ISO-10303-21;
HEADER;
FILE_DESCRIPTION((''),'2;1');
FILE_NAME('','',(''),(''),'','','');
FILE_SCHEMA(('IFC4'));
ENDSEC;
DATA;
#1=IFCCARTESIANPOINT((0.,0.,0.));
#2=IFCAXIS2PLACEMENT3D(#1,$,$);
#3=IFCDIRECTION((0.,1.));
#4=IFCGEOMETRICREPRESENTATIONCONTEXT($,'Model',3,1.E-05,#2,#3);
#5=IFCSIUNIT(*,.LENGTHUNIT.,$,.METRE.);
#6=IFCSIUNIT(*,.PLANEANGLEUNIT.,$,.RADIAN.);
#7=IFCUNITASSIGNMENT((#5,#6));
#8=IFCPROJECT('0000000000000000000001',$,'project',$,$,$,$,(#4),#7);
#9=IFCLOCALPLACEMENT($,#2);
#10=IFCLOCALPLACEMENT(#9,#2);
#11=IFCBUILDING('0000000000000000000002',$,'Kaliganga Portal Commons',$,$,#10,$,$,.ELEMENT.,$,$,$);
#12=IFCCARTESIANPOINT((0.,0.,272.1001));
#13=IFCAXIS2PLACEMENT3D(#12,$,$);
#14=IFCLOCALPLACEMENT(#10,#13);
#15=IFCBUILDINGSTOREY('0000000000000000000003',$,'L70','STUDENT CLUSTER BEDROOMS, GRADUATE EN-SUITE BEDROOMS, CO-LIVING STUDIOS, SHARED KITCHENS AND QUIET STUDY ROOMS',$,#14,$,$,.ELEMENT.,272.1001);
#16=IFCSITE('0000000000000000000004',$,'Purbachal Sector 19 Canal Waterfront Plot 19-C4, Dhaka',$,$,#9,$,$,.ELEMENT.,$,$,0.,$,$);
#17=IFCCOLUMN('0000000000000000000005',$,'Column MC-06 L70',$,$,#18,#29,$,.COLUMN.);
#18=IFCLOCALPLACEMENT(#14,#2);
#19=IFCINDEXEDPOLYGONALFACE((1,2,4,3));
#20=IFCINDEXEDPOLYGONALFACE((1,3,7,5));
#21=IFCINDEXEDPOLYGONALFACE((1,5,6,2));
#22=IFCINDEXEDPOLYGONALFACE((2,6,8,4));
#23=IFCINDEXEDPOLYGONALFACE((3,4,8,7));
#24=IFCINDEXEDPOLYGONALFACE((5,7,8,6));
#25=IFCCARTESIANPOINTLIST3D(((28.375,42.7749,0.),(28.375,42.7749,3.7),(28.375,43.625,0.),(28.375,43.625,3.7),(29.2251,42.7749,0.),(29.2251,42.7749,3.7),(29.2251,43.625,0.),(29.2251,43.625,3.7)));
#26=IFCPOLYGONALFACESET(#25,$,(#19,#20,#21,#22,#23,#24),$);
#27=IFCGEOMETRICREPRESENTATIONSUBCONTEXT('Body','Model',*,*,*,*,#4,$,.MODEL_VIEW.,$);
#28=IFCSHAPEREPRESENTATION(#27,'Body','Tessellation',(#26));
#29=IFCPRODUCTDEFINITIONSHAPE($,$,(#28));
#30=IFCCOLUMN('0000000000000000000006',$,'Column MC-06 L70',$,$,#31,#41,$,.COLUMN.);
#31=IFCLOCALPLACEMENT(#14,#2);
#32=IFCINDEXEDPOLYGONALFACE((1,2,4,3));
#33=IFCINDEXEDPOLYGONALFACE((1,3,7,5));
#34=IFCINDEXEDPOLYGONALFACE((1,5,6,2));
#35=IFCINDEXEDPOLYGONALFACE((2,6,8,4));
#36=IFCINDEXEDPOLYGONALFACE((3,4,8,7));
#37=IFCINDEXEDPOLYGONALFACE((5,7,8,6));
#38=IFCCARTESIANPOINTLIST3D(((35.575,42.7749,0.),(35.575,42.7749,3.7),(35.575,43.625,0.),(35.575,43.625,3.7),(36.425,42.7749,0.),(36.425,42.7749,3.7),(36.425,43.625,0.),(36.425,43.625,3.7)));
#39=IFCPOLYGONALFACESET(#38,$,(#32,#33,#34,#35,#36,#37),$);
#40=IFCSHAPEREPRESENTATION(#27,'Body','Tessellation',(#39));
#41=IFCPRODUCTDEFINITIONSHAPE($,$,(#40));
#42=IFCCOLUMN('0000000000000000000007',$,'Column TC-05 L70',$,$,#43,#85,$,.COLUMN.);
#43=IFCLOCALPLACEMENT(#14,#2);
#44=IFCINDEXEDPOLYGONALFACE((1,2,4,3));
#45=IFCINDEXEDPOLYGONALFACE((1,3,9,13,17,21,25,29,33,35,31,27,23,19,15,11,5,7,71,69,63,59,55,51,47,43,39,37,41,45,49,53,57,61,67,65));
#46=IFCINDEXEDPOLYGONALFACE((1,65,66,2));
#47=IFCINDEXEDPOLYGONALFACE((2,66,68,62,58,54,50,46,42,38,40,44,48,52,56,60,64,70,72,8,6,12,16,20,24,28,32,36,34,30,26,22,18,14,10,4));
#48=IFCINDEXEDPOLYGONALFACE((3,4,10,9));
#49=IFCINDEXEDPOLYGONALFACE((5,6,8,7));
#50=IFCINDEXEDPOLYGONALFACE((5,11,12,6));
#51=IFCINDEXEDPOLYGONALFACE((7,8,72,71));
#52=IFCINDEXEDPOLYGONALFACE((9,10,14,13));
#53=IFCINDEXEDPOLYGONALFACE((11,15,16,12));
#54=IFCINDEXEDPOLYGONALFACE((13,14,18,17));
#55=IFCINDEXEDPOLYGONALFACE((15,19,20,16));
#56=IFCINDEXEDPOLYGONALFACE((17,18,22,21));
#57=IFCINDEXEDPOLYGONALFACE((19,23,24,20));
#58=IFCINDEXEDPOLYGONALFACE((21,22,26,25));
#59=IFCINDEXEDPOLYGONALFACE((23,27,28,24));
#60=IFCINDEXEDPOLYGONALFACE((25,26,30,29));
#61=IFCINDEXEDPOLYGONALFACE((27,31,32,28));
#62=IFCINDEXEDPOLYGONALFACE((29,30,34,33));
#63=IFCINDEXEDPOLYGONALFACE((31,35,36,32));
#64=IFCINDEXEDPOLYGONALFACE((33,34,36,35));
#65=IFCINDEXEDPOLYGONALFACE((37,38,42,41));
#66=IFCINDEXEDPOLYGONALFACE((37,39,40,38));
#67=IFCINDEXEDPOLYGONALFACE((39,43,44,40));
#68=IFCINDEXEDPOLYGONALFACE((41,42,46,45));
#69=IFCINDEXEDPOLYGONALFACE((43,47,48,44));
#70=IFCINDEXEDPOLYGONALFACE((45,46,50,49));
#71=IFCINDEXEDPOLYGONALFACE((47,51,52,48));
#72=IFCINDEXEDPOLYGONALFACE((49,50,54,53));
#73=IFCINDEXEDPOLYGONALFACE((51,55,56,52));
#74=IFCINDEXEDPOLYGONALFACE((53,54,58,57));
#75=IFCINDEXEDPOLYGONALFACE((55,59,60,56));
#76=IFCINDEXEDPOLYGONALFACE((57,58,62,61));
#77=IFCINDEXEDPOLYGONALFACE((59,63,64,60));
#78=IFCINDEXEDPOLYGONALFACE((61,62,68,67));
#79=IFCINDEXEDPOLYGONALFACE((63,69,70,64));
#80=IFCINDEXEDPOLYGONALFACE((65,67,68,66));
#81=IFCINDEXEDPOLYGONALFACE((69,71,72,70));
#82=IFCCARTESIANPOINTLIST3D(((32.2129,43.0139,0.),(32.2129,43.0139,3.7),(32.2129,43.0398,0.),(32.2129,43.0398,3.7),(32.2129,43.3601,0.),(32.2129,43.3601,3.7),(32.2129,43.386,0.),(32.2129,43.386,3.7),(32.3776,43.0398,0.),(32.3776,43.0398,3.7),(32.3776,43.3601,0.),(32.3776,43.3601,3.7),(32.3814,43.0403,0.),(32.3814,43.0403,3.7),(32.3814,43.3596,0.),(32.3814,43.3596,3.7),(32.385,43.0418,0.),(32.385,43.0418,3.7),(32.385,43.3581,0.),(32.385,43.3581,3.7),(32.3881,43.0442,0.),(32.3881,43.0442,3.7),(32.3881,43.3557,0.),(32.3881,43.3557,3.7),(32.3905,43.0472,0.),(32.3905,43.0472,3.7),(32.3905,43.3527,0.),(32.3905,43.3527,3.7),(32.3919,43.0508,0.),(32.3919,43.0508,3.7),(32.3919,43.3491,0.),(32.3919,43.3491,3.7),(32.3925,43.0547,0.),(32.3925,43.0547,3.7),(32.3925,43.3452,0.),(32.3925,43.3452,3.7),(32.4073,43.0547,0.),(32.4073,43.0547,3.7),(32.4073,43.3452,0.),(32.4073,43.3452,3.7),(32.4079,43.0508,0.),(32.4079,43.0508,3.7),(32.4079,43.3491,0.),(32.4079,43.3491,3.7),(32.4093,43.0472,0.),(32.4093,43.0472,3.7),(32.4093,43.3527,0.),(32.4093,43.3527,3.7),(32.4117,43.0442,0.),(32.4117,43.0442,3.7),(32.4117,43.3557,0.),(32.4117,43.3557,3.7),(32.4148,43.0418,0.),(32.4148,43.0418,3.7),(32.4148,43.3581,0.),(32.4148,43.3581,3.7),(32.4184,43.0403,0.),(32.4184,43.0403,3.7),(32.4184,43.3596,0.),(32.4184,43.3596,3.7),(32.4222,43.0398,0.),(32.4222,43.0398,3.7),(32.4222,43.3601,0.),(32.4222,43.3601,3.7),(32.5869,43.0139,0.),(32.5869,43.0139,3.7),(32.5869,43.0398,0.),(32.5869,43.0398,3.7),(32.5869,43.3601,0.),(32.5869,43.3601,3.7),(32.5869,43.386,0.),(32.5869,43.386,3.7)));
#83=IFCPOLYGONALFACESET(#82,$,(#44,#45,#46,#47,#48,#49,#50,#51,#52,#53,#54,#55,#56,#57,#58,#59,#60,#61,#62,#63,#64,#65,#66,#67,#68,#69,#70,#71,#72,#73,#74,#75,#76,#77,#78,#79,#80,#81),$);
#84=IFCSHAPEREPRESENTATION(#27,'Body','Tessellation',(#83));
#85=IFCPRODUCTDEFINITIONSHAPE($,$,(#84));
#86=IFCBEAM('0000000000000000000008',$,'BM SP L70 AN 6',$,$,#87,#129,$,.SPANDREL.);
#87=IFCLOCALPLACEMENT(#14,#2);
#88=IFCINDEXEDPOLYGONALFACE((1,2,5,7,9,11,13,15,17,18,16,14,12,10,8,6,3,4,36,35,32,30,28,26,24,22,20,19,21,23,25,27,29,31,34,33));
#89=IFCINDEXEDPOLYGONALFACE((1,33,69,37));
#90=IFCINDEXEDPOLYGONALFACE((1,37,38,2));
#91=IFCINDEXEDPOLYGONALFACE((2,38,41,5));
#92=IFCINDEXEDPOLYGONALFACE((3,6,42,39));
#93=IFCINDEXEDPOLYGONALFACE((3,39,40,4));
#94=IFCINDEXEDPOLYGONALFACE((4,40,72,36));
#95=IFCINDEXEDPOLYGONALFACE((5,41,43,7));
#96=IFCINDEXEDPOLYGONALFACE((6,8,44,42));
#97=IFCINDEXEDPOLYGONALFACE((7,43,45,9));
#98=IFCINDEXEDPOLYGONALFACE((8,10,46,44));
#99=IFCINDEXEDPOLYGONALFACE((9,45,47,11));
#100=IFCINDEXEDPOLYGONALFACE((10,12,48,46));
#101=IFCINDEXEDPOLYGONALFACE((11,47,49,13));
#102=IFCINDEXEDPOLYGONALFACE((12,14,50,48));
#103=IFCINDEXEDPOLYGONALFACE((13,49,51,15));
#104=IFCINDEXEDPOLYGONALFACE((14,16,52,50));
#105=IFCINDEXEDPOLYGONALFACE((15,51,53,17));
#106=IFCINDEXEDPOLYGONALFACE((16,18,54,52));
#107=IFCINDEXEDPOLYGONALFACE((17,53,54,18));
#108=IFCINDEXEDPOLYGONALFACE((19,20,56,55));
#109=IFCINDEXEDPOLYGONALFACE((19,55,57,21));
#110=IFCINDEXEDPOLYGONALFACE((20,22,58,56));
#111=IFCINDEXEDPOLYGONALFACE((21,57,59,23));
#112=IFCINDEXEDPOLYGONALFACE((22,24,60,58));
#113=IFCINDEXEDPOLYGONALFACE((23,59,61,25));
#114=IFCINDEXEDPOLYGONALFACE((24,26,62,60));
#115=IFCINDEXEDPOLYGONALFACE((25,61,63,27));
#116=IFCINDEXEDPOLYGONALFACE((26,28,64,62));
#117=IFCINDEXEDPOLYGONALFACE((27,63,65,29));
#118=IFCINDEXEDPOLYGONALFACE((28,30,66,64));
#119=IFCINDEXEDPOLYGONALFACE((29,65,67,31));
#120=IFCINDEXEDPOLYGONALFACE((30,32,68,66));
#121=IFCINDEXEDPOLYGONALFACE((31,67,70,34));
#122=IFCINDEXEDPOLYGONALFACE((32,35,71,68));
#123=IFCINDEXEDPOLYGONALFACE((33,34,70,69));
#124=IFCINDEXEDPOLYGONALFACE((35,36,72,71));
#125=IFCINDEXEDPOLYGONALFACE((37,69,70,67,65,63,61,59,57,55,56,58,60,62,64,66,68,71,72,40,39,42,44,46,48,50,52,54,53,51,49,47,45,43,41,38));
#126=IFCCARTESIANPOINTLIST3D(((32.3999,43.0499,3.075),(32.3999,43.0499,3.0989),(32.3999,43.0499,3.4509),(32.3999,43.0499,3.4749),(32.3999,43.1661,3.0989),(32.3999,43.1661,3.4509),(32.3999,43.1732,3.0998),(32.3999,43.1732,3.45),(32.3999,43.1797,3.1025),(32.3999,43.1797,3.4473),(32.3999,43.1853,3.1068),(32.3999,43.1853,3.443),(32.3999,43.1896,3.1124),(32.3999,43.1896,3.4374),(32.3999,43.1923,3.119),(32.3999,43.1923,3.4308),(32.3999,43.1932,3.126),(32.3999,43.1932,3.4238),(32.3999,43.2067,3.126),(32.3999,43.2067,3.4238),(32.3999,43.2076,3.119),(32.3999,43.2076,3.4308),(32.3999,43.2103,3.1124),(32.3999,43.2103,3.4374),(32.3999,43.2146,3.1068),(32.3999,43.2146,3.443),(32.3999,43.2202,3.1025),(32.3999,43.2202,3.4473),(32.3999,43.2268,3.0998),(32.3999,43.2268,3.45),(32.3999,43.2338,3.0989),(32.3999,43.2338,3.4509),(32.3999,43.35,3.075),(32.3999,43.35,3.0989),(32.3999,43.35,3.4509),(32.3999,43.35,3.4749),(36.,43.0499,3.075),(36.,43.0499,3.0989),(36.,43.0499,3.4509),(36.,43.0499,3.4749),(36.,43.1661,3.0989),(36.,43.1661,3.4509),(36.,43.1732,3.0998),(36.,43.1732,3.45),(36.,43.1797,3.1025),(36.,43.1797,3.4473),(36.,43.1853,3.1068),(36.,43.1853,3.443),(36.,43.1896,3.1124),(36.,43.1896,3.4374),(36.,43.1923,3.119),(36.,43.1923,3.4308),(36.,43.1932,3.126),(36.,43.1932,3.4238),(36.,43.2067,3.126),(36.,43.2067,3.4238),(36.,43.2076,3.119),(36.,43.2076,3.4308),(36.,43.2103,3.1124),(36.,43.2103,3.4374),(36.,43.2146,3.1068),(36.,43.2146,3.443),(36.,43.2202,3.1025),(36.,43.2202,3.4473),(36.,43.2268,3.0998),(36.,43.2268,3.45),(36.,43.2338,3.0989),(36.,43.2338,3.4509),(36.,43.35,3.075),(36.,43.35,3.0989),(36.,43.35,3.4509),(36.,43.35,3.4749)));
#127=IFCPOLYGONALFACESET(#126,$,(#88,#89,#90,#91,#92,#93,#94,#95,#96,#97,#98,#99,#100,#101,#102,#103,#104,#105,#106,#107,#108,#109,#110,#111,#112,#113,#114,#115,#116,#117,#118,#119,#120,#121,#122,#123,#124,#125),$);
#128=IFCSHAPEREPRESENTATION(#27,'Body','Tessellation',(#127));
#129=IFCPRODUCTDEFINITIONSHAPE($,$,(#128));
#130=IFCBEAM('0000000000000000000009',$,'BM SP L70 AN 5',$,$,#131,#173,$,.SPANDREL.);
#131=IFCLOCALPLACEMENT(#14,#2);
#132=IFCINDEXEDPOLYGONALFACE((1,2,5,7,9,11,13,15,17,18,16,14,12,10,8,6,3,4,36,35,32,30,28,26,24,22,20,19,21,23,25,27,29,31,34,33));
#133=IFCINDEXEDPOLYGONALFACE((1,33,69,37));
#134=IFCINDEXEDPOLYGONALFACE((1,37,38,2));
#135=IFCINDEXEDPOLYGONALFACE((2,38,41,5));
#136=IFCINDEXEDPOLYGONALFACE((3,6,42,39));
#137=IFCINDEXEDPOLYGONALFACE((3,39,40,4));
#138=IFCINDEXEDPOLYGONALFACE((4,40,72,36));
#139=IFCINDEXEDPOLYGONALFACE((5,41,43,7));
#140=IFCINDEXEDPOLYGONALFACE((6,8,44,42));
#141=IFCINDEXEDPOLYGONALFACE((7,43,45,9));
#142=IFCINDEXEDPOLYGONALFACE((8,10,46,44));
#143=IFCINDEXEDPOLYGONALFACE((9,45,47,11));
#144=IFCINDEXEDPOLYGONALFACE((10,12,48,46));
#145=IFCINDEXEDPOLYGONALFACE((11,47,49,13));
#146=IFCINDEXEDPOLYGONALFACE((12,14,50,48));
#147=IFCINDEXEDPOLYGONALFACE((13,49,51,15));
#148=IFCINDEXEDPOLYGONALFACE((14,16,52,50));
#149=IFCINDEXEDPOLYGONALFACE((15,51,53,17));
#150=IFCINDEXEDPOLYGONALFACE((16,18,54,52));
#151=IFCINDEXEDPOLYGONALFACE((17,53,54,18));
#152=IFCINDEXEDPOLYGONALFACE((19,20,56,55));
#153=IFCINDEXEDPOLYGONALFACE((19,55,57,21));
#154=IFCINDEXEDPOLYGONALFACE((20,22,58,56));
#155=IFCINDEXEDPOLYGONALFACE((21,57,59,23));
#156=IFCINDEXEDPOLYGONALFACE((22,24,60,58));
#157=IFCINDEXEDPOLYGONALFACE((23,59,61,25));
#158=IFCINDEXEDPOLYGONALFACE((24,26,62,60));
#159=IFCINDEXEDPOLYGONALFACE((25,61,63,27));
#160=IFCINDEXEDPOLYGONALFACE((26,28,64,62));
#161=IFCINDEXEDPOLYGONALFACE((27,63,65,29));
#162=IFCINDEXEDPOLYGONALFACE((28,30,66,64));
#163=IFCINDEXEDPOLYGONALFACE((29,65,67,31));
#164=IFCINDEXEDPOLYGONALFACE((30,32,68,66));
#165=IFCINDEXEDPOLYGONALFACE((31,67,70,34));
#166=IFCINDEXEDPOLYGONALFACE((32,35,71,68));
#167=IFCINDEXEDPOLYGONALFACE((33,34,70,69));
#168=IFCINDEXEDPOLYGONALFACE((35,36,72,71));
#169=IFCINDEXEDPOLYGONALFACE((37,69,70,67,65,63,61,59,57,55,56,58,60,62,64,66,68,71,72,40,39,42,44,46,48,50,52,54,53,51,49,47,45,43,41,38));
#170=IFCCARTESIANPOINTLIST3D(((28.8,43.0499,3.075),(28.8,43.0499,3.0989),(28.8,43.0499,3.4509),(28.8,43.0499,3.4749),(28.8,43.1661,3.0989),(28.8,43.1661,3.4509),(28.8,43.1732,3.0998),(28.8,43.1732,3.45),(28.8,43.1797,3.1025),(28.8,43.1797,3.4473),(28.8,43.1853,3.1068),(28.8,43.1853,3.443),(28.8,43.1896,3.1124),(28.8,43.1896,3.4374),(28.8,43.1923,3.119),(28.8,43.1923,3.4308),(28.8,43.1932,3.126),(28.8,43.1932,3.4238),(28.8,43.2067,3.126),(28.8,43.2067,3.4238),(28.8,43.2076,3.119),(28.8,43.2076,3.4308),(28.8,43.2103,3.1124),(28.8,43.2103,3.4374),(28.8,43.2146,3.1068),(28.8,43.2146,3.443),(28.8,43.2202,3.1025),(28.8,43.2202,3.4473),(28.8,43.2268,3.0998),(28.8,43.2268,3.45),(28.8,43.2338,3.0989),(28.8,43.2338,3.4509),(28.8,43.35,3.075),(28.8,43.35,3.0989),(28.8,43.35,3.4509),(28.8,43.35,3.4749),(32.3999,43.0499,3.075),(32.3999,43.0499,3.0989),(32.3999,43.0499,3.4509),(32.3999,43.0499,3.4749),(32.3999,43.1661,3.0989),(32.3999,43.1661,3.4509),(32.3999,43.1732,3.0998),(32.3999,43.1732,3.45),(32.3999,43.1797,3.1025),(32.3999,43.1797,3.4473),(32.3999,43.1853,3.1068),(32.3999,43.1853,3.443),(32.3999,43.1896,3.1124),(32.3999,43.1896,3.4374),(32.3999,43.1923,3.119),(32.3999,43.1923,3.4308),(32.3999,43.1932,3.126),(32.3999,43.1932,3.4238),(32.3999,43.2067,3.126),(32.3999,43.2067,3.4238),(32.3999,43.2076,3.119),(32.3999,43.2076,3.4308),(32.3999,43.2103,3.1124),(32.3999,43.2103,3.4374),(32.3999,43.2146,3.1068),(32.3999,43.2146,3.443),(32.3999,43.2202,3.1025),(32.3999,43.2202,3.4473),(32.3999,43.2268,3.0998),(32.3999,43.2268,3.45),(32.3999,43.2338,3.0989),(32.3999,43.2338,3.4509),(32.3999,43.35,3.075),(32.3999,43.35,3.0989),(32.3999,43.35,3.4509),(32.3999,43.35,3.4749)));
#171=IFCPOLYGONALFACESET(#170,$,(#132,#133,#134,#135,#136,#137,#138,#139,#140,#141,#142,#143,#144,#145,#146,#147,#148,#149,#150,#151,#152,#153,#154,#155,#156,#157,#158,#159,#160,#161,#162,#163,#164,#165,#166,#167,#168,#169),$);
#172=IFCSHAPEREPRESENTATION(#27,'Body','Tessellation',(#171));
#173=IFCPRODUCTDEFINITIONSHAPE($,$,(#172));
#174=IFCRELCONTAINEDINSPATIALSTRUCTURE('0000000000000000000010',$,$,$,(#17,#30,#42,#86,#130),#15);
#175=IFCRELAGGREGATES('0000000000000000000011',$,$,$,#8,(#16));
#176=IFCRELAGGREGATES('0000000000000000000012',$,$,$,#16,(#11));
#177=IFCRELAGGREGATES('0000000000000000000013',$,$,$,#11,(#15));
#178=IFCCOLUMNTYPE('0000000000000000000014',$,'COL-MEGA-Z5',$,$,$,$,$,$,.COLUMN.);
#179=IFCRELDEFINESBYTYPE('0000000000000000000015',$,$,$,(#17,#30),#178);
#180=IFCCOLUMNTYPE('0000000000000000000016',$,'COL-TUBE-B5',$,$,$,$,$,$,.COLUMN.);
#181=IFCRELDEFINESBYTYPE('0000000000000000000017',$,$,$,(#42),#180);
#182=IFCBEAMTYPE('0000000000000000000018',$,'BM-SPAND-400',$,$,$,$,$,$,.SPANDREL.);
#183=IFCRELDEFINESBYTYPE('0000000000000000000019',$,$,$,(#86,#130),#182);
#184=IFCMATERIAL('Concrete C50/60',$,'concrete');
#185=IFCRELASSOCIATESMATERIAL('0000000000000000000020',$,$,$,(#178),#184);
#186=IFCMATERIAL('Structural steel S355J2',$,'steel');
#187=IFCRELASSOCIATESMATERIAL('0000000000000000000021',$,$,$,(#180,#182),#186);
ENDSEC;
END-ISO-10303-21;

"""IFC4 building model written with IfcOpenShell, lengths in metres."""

from ifc_helpers import new_model, si_unit, direction, frame, origin, origin_2d, place, context, subcontext, project, spatial, rectangle, i_section, extrude, source, transform, mapped, material, material_profile, profile_set, type_object, element, save


model = new_model("IFC4")

# Units and contexts
model_context = context("Model", 3, precision=1e-05, world=origin(), true_north=direction((0.0, 1.0)))
body_context = subcontext(model_context, "Body", "Model", "MODEL_VIEW")
ifc_project = project(units=[si_unit("LENGTHUNIT", "METRE"), si_unit("PLANEANGLEUNIT", "RADIAN")], contexts=[model_context])

# Site, building, storey
site_placement = place(None, origin())
site = spatial("IfcSite", under=ifc_project, at=site_placement, Name="Purbachal Sector 19 Canal Waterfront Plot 19-C4, Dhaka", CompositionType="ELEMENT", RefElevation=0.0)
building_placement = place(site_placement, origin())
building = spatial("IfcBuilding", under=site, at=building_placement, Name="Kaliganga Portal Commons", CompositionType="ELEMENT")
storey_placement = place(building_placement, frame((0.0, 0.0, 272.1001)))
storey = spatial("IfcBuildingStorey", under=building, at=storey_placement, Name="L70", Description="STUDENT CLUSTER BEDROOMS, GRADUATE EN-SUITE BEDROOMS, CO-LIVING STUDIOS, SHARED KITCHENS AND QUIET STUDY ROOMS", CompositionType="ELEMENT", Elevation=272.1001)

# Columns
ifc_material_1 = material(Name="Concrete C50/60", Category="concrete")
ifc_material_profile_1 = material_profile(ifc_material_1, rectangle(XDim=0.8501, YDim=0.8501, at=origin_2d()), Name="RC 850x850")
ifc_profile_set_1 = profile_set([ifc_material_profile_1], Name="Concrete C50/60")
column_type_1 = type_object("IfcColumnType", Name="COL-MEGA-Z5", PredefinedType="COLUMN", material=ifc_profile_set_1)
shared_shape_1 = source(origin(), body_context, "Body", "SweptSolid", [
    extrude(rectangle(XDim=0.8501, YDim=0.8501, at=origin_2d()), origin(), (0.0, 0.0, 1.0), 3.7),
])
for number, where, z_axis, x_axis, name in (
    (1, (28.8, 43.2, 0.0), (0.0, 0.0, 1.0), (1.0, 0.0, 0.0), "Column MC-06 L70"),
    (2, (36.0, 43.2, 0.0), (0.0, 0.0, 1.0), (1.0, 0.0, 0.0), "Column MC-06 L70"),
):
    element("IfcColumn", number, at=place(storey_placement, frame(where, z_axis=z_axis, x_axis=x_axis)), inside=storey, type_object=column_type_1, Name=name, PredefinedType="COLUMN", context=body_context, shape_type="MappedRepresentation", body=[
        mapped(shared_shape_1, transform((0.0, 0.0, 0.0), x_axis=(1.0, 0.0, 0.0), y_axis=(0.0, 1.0, 0.0), z_axis=(0.0, 0.0, 1.0), scale=1.0)),
    ])
ifc_material_2 = material(Name="Structural steel S355J2", Category="steel")
ifc_material_profile_2 = material_profile(ifc_material_2, i_section(OverallWidth=0.374, OverallDepth=0.3721, WebThickness=0.0149, FlangeThickness=0.0259, FilletRadius=0.0149, at=origin_2d()), Name="HD 360x196")
ifc_profile_set_2 = profile_set([ifc_material_profile_2], Name="Structural steel S355J2 wide-flange")
column_type_2 = type_object("IfcColumnType", Name="COL-TUBE-B5", PredefinedType="COLUMN", material=ifc_profile_set_2)
shared_shape_2 = source(origin(), body_context, "Body", "SweptSolid", [
    extrude(i_section(OverallWidth=0.374, OverallDepth=0.3721, WebThickness=0.0149, FlangeThickness=0.0259, FilletRadius=0.0149, at=origin_2d()), origin(), (0.0, 0.0, 1.0), 3.7),
])
column_placement = place(storey_placement, frame((32.3999, 43.2, 0.0), z_axis=(0.0, 0.0, 1.0), x_axis=(1.0, 0.0, 0.0)))
element("IfcColumn", 3, at=column_placement, inside=storey, type_object=column_type_2, Name="Column TC-05 L70", PredefinedType="COLUMN", context=body_context, shape_type="MappedRepresentation", body=[
    mapped(shared_shape_2, transform((0.0, 0.0, 0.0), x_axis=(1.0, 0.0, 0.0), y_axis=(0.0, 1.0, 0.0), z_axis=(0.0, 0.0, 1.0), scale=1.0)),
])

# Beams
ifc_material_profile_3 = material_profile(ifc_material_2, i_section(OverallWidth=0.3, OverallDepth=0.3999, WebThickness=0.0134, FlangeThickness=0.0239, FilletRadius=0.0271, at=origin_2d()), Name="HE 400 B")
ifc_profile_set_3 = profile_set([ifc_material_profile_3], Name="Structural steel S355J2 wide-flange")
beam_type_1 = type_object("IfcBeamType", Name="BM-SPAND-400", PredefinedType="SPANDREL", material=ifc_profile_set_3)
shared_shape_3 = source(origin(), body_context, "Body", "SweptSolid", [
    extrude(i_section(OverallWidth=0.3, OverallDepth=0.3999, WebThickness=0.0134, FlangeThickness=0.0239, FilletRadius=0.0271, at=origin_2d()), origin(), (0.0, 0.0, 1.0), 3.6001),
])
beam_1_placement = place(storey_placement, frame((32.3999, 43.2, 3.2749), z_axis=(1.0, 0.0, 0.0), x_axis=(0.0, 1.0, 0.0)))
element("IfcBeam", 4, at=beam_1_placement, inside=storey, type_object=beam_type_1, Name="BM SP L70 AN 6", PredefinedType="SPANDREL", context=body_context, shape_type="MappedRepresentation", body=[
    mapped(shared_shape_3, transform((0.0, 0.0, 0.0), x_axis=(1.0, 0.0, 0.0), y_axis=(0.0, 1.0, 0.0), z_axis=(0.0, 0.0, 1.0), scale=1.0)),
])
shared_shape_4 = source(origin(), body_context, "Body", "SweptSolid", [
    extrude(i_section(OverallWidth=0.3, OverallDepth=0.3999, WebThickness=0.0134, FlangeThickness=0.0239, FilletRadius=0.0271, at=origin_2d()), origin(), (0.0, 0.0, 1.0), 3.5999),
])
beam_2_placement = place(storey_placement, frame((28.8, 43.2, 3.2749), z_axis=(1.0, 0.0, 0.0), x_axis=(0.0, 1.0, 0.0)))
element("IfcBeam", 5, at=beam_2_placement, inside=storey, type_object=beam_type_1, Name="BM SP L70 AN 5", PredefinedType="SPANDREL", context=body_context, shape_type="MappedRepresentation", body=[
    mapped(shared_shape_4, transform((0.0, 0.0, 0.0), x_axis=(1.0, 0.0, 0.0), y_axis=(0.0, 1.0, 0.0), z_axis=(0.0, 0.0, 1.0), scale=1.0)),
])

save(model, "model.ifc")
